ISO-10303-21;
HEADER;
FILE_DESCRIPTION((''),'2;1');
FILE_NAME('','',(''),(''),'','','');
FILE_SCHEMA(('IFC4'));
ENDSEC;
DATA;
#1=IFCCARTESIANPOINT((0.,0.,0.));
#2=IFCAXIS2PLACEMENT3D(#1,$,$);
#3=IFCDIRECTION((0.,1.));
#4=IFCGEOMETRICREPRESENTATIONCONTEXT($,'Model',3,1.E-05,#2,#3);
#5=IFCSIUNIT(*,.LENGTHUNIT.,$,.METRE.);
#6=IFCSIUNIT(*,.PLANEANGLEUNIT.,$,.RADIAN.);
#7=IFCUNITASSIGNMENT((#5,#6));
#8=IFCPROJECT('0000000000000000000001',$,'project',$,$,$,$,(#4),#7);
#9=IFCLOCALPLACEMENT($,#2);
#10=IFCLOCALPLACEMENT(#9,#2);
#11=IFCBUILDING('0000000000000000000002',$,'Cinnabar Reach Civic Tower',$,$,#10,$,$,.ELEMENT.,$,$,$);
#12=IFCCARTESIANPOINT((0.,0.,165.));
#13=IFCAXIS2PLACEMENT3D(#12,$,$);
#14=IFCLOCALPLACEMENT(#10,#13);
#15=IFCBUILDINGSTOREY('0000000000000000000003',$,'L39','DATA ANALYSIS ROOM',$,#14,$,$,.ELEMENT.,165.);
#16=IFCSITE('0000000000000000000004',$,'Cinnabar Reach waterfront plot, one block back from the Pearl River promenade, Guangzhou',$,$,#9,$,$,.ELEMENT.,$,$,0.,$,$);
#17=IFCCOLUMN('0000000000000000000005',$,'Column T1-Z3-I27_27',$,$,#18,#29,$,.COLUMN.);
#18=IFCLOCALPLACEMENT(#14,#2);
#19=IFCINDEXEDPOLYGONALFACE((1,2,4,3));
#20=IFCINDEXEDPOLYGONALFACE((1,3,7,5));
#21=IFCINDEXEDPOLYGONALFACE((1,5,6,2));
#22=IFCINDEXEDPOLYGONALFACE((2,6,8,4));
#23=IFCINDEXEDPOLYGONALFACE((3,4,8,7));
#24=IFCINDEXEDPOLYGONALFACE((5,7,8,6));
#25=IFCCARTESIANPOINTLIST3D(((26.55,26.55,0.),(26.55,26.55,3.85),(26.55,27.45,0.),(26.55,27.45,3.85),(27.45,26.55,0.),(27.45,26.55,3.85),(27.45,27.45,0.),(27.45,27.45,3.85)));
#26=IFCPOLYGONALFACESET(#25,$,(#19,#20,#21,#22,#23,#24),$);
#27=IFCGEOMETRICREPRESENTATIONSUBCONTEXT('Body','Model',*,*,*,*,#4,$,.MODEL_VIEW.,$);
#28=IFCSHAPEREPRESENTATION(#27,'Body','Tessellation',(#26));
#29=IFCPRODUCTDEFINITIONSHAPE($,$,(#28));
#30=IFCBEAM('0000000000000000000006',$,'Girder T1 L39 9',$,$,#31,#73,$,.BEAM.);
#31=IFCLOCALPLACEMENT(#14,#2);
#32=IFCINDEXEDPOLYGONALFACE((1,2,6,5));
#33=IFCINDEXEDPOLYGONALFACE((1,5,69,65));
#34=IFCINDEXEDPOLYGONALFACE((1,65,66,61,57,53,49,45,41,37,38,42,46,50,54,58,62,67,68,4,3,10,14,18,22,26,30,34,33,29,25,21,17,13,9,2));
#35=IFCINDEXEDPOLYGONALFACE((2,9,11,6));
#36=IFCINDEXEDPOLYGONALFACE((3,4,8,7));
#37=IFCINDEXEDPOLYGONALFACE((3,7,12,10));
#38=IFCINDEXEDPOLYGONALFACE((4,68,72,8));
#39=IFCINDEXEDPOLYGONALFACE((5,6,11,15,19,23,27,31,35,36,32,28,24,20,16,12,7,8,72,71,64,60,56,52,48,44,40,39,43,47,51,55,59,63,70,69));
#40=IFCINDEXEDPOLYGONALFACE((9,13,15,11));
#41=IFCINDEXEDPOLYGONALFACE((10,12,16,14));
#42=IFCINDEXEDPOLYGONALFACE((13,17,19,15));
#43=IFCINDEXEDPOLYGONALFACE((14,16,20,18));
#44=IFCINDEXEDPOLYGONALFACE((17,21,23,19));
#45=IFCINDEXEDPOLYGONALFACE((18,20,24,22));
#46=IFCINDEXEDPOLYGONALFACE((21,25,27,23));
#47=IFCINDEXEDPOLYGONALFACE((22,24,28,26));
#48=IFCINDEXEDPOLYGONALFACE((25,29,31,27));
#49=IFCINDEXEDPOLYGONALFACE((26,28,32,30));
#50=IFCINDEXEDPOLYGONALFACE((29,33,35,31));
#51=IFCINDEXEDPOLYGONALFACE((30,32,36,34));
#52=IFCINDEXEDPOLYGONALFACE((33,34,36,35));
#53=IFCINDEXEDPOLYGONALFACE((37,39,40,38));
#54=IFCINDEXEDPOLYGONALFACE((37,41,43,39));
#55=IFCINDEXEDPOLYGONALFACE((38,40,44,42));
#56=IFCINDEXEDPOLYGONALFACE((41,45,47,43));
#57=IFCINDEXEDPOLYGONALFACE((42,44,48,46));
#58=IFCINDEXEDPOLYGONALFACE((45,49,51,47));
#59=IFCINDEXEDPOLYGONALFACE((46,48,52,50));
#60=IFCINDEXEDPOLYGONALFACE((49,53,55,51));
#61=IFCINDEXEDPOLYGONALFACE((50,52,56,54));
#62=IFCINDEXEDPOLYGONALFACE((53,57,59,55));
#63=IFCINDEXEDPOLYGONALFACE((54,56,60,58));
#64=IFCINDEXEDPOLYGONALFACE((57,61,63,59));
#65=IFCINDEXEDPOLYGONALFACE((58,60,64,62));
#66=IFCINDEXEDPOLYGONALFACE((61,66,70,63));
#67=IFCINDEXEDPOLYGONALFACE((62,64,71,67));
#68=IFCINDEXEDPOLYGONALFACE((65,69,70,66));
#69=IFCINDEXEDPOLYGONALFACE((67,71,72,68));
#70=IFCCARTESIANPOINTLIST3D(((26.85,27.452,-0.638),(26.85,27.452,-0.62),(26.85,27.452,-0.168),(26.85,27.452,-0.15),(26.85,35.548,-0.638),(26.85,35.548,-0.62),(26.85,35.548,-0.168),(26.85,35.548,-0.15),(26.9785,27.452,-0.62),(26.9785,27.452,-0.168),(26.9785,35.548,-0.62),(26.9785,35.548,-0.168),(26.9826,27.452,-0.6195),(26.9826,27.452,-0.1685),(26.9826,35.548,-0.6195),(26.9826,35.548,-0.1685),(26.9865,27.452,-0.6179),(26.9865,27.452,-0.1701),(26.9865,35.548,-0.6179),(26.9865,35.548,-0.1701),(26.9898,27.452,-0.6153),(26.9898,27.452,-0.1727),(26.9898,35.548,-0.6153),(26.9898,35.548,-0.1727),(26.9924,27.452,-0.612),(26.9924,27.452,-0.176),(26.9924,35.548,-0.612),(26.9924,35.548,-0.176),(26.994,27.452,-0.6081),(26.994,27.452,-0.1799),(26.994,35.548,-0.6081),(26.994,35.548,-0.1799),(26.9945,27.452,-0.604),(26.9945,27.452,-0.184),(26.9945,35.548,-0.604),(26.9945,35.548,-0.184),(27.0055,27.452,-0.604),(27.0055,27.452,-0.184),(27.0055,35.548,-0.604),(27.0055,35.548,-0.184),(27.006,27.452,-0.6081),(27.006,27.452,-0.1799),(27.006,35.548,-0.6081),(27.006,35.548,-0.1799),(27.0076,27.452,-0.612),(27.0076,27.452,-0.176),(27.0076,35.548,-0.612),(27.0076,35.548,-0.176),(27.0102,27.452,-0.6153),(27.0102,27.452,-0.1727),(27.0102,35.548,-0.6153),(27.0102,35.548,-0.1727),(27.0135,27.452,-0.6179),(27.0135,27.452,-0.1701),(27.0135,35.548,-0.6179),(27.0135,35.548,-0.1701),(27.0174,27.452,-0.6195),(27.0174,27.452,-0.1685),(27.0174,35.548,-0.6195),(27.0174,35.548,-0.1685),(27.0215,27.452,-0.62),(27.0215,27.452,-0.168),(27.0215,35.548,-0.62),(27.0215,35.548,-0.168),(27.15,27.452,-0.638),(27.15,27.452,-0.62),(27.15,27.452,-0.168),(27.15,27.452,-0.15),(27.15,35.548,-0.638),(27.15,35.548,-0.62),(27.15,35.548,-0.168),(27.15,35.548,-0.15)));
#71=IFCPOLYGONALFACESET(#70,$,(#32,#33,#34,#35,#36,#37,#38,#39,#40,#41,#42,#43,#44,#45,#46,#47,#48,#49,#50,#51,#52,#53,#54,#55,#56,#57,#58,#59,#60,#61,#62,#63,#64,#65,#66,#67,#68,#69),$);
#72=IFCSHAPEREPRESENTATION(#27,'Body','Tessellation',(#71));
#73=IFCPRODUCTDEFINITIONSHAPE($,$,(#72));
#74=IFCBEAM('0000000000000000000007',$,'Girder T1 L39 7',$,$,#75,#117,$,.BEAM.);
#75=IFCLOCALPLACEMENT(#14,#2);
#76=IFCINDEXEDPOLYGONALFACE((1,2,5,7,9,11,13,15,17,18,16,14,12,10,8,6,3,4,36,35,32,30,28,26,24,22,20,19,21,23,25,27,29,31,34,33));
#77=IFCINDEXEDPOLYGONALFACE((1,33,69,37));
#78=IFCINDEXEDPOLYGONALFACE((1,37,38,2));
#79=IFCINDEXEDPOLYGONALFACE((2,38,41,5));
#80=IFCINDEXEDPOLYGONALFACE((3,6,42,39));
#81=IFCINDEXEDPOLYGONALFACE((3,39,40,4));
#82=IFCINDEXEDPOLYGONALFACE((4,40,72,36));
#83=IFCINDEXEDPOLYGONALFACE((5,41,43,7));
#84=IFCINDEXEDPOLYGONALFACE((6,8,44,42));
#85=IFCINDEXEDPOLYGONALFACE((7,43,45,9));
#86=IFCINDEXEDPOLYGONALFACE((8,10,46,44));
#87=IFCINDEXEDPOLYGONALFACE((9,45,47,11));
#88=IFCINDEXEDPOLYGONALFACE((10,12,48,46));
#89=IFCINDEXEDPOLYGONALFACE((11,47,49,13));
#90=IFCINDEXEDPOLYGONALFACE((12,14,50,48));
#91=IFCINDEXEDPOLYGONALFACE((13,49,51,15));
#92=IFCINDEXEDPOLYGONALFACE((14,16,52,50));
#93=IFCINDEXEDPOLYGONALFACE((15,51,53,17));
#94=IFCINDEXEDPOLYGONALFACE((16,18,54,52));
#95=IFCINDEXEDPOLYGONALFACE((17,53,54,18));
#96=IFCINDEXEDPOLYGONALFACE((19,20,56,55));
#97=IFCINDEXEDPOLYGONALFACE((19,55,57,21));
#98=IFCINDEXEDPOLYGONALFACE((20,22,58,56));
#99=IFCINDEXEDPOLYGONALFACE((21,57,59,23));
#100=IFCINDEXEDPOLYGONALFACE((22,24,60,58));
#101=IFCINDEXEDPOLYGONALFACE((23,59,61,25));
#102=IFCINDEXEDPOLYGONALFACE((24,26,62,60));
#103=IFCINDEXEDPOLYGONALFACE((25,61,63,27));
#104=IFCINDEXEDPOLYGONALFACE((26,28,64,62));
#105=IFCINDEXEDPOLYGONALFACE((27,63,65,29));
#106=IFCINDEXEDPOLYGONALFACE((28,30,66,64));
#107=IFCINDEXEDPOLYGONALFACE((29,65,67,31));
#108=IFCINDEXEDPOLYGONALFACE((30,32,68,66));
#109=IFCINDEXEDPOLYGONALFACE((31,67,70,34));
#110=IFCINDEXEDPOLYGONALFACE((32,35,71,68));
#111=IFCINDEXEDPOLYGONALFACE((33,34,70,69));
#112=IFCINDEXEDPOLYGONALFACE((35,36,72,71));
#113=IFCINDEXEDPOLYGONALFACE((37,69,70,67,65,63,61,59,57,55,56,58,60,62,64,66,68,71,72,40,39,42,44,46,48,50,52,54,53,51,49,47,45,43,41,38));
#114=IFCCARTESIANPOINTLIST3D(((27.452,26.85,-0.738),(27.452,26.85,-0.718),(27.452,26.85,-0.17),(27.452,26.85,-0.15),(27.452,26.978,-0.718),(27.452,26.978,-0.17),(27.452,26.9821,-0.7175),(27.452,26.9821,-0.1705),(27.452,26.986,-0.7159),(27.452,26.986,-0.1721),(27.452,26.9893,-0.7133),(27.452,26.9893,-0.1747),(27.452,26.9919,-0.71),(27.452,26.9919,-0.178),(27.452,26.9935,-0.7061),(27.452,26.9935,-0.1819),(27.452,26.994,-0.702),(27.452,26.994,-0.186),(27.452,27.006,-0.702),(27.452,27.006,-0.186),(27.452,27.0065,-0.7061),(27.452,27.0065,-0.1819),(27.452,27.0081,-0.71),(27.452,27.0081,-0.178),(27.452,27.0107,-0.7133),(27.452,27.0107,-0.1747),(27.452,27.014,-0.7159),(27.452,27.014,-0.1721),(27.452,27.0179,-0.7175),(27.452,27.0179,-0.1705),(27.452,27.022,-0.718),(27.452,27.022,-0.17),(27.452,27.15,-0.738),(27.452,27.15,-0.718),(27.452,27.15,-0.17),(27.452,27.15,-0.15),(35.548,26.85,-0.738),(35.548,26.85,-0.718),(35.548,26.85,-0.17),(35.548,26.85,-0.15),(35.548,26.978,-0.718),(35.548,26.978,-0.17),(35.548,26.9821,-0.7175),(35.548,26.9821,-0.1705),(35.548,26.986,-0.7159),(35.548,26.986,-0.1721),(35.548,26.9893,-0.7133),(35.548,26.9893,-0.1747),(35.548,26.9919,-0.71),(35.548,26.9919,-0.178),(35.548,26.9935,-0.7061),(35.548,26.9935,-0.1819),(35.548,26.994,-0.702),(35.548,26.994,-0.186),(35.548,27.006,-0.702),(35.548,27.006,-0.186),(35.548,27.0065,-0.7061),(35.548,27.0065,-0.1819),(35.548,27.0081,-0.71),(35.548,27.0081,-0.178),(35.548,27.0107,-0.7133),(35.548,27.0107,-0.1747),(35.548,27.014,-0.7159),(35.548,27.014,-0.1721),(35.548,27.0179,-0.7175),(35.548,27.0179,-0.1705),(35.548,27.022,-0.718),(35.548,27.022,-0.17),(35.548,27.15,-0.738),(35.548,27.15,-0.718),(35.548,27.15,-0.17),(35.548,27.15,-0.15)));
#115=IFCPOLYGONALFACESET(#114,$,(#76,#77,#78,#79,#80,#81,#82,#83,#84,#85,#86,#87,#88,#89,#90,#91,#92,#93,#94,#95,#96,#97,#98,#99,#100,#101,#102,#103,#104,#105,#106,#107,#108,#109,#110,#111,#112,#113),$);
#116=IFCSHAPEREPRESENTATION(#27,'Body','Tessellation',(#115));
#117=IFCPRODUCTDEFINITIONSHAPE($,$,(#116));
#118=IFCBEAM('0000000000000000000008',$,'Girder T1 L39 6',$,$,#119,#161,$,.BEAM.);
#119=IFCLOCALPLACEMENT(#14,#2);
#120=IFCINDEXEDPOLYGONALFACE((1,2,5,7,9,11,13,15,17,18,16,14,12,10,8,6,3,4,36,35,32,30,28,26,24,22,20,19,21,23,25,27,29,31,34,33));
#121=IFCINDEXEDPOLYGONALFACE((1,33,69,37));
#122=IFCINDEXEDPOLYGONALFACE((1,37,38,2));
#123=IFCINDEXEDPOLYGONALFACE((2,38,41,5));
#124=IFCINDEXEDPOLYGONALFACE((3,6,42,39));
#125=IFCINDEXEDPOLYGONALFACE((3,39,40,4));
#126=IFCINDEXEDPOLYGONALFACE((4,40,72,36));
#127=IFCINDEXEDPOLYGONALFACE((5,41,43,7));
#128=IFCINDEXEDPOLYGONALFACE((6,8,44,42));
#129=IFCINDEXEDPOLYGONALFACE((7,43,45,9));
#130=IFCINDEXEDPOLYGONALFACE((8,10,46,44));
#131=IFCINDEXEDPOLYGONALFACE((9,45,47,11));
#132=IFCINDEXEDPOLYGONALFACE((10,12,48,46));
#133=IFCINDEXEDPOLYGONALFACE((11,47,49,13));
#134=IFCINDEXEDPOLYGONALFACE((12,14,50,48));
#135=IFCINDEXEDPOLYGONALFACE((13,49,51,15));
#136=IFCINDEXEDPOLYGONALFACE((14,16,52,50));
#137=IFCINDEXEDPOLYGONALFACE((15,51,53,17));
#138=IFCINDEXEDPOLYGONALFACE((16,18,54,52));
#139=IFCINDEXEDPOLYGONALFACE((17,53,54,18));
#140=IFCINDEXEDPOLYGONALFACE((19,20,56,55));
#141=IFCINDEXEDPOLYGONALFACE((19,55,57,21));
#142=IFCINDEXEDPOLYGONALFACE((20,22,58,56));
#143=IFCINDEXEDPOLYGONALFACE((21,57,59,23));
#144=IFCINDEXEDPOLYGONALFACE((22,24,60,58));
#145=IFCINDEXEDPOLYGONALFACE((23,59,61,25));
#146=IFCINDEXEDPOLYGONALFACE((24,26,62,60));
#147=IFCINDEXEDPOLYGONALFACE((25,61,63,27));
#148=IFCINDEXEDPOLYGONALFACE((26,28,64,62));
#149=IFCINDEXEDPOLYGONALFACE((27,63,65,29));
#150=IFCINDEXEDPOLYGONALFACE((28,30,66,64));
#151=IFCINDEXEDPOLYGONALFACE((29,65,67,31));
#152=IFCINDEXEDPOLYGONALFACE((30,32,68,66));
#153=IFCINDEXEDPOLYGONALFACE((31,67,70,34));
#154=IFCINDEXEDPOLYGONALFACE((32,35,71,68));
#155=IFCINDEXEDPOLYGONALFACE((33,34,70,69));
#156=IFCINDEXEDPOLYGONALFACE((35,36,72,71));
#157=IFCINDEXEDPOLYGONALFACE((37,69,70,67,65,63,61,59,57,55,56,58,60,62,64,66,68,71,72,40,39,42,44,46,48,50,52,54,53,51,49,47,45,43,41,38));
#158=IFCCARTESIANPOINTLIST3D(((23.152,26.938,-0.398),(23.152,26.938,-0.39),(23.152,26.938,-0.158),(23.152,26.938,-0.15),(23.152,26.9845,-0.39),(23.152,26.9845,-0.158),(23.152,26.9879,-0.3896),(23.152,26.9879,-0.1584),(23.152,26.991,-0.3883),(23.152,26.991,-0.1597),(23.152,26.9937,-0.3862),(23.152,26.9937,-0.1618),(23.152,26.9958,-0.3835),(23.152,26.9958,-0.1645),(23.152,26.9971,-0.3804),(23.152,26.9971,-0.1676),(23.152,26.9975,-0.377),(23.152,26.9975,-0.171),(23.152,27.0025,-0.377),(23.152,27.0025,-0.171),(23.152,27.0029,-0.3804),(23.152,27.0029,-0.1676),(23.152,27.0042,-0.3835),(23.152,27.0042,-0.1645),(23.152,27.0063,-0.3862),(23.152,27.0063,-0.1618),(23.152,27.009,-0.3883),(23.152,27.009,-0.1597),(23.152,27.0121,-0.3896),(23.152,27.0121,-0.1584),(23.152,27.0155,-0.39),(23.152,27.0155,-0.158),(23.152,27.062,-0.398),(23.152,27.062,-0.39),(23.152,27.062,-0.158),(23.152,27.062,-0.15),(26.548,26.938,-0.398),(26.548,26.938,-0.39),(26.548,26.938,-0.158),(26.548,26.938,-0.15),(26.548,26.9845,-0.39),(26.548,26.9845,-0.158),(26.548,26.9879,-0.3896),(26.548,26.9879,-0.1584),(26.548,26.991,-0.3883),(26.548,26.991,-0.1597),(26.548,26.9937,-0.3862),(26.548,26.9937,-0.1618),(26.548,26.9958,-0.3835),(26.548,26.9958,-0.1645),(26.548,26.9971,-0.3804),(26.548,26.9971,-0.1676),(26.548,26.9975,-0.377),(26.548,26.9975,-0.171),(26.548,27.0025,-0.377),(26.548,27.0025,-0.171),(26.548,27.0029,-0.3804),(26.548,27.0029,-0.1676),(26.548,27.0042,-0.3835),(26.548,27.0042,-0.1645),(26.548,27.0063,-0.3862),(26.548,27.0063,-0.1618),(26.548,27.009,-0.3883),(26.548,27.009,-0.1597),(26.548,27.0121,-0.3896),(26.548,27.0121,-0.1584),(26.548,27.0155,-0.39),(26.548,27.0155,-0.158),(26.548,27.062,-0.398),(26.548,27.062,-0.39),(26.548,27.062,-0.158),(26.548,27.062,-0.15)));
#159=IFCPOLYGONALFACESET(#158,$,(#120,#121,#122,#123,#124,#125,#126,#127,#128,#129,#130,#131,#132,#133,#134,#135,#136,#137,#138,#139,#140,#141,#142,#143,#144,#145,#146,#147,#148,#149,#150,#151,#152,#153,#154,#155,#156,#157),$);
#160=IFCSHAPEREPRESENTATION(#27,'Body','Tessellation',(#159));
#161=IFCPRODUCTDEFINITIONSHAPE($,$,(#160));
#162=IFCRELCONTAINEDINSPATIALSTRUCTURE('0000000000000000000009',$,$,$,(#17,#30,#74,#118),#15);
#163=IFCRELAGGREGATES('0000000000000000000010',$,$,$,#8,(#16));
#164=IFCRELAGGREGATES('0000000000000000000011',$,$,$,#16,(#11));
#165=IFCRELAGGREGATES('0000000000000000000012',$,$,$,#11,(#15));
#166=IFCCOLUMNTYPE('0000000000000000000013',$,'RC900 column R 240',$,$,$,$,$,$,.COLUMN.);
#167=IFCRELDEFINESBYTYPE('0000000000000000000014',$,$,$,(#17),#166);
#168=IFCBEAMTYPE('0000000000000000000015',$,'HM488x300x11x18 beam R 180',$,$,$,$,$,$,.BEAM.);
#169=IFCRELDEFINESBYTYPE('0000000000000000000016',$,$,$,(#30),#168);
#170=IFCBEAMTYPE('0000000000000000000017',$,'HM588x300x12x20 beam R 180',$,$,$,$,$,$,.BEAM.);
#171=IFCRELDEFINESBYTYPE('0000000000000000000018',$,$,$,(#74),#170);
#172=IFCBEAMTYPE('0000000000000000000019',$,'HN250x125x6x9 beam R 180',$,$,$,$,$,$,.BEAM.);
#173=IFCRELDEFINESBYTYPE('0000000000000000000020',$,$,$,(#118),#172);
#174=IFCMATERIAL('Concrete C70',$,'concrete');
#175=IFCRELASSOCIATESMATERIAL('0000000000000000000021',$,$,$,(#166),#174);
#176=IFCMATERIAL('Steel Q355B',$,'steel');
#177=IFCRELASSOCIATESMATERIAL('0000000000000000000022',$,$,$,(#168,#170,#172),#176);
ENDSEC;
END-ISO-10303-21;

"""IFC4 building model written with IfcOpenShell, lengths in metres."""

from ifc_helpers import new_model, si_unit, direction, frame, origin, origin_2d, place, context, subcontext, project, spatial, rectangle, i_section, extrude, material, material_profile, profile_set, type_object, element, save


model = new_model("IFC4")

# Units and contexts
model_context = context("Model", 3, precision=1e-05, world=origin(), true_north=direction((0.0, 1.0)))
body_context = subcontext(model_context, "Body", "Model", "MODEL_VIEW")
ifc_project = project(units=[si_unit("LENGTHUNIT", "METRE"), si_unit("PLANEANGLEUNIT", "RADIAN")], contexts=[model_context])

# Site, building, storey
site_placement = place(None, origin())
site = spatial("IfcSite", under=ifc_project, at=site_placement, Name="Cinnabar Reach waterfront plot, one block back from the Pearl River promenade, Guangzhou", CompositionType="ELEMENT", RefElevation=0.0)
building_placement = place(site_placement, origin())
building = spatial("IfcBuilding", under=site, at=building_placement, Name="Cinnabar Reach Civic Tower", CompositionType="ELEMENT")
storey_placement = place(building_placement, frame((0.0, 0.0, 165.0)))
storey = spatial("IfcBuildingStorey", under=building, at=storey_placement, Name="L39", Description="DATA ANALYSIS ROOM", CompositionType="ELEMENT", Elevation=165.0)

# Column
ifc_material_1 = material(Name="Concrete C70", Category="concrete")
ifc_material_profile_1 = material_profile(ifc_material_1, rectangle(XDim=0.9, YDim=0.9, at=origin_2d()), Name="RC900")
ifc_profile_set_1 = profile_set([ifc_material_profile_1], Name="Concrete C70")
column_type = type_object("IfcColumnType", Name="RC900 column R 240", PredefinedType="COLUMN", material=ifc_profile_set_1)
column_placement = place(storey_placement, frame((27.0, 27.0, 0.0), z_axis=(0.0, 0.0, 1.0), x_axis=(1.0, 0.0, 0.0)))
element("IfcColumn", 1, at=column_placement, inside=storey, type_object=column_type, Name="Column T1-Z3-I27_27", PredefinedType="COLUMN", context=body_context, shape_type="SweptSolid", body=[
    extrude(rectangle(XDim=0.9, YDim=0.9, at=origin_2d()), origin(), (0.0, 0.0, 1.0), 3.85),
])

# Beams
ifc_material_2 = material(Name="Steel Q355B", Category="steel")
ifc_material_profile_2 = material_profile(ifc_material_2, i_section(OverallWidth=0.3, OverallDepth=0.488, WebThickness=0.011, FlangeThickness=0.018, FilletRadius=0.016, at=origin_2d()), Name="HM488x300x11x18")
ifc_profile_set_2 = profile_set([ifc_material_profile_2], Name="Steel Q355B")
beam_type_1 = type_object("IfcBeamType", Name="HM488x300x11x18 beam R 180", PredefinedType="BEAM", material=ifc_profile_set_2)
beam_1_placement = place(storey_placement, frame((27.0, 27.452, -0.394), z_axis=(0.0, 1.0, 0.0), x_axis=(-1.0, 0.0, 0.0)))
element("IfcBeam", 2, at=beam_1_placement, inside=storey, type_object=beam_type_1, Name="Girder T1 L39 9", PredefinedType="BEAM", context=body_context, shape_type="SweptSolid", body=[
    extrude(i_section(OverallWidth=0.3, OverallDepth=0.488, WebThickness=0.011, FlangeThickness=0.018, FilletRadius=0.016, at=origin_2d()), origin(), (0.0, 0.0, 1.0), 8.096),
])
ifc_material_profile_3 = material_profile(ifc_material_2, i_section(OverallWidth=0.3, OverallDepth=0.588, WebThickness=0.012, FlangeThickness=0.02, FilletRadius=0.016, at=origin_2d()), Name="HM588x300x12x20")
ifc_profile_set_3 = profile_set([ifc_material_profile_3], Name="Steel Q355B")
beam_type_2 = type_object("IfcBeamType", Name="HM588x300x12x20 beam R 180", PredefinedType="BEAM", material=ifc_profile_set_3)
beam_2_placement = place(storey_placement, frame((27.452, 27.0, -0.444), z_axis=(1.0, 0.0, 0.0), x_axis=(0.0, 1.0, 0.0)))
element("IfcBeam", 3, at=beam_2_placement, inside=storey, type_object=beam_type_2, Name="Girder T1 L39 7", PredefinedType="BEAM", context=body_context, shape_type="SweptSolid", body=[
    extrude(i_section(OverallWidth=0.3, OverallDepth=0.588, WebThickness=0.012, FlangeThickness=0.02, FilletRadius=0.016, at=origin_2d()), origin(), (0.0, 0.0, 1.0), 8.096),
])
ifc_material_profile_4 = material_profile(ifc_material_2, i_section(OverallWidth=0.124, OverallDepth=0.248, WebThickness=0.005, FlangeThickness=0.008, FilletRadius=0.013, at=origin_2d()), Name="HN250x125x6x9")
ifc_profile_set_4 = profile_set([ifc_material_profile_4], Name="Steel Q355B")
beam_type_3 = type_object("IfcBeamType", Name="HN250x125x6x9 beam R 180", PredefinedType="BEAM", material=ifc_profile_set_4)
beam_3_placement = place(storey_placement, frame((23.152, 27.0, -0.274), z_axis=(1.0, 0.0, 0.0), x_axis=(0.0, 1.0, 0.0)))
element("IfcBeam", 4, at=beam_3_placement, inside=storey, type_object=beam_type_3, Name="Girder T1 L39 6", PredefinedType="BEAM", context=body_context, shape_type="SweptSolid", body=[
    extrude(i_section(OverallWidth=0.124, OverallDepth=0.248, WebThickness=0.005, FlangeThickness=0.008, FilletRadius=0.013, at=origin_2d()), origin(), (0.0, 0.0, 1.0), 3.396),
])

save(model, "model.ifc")
